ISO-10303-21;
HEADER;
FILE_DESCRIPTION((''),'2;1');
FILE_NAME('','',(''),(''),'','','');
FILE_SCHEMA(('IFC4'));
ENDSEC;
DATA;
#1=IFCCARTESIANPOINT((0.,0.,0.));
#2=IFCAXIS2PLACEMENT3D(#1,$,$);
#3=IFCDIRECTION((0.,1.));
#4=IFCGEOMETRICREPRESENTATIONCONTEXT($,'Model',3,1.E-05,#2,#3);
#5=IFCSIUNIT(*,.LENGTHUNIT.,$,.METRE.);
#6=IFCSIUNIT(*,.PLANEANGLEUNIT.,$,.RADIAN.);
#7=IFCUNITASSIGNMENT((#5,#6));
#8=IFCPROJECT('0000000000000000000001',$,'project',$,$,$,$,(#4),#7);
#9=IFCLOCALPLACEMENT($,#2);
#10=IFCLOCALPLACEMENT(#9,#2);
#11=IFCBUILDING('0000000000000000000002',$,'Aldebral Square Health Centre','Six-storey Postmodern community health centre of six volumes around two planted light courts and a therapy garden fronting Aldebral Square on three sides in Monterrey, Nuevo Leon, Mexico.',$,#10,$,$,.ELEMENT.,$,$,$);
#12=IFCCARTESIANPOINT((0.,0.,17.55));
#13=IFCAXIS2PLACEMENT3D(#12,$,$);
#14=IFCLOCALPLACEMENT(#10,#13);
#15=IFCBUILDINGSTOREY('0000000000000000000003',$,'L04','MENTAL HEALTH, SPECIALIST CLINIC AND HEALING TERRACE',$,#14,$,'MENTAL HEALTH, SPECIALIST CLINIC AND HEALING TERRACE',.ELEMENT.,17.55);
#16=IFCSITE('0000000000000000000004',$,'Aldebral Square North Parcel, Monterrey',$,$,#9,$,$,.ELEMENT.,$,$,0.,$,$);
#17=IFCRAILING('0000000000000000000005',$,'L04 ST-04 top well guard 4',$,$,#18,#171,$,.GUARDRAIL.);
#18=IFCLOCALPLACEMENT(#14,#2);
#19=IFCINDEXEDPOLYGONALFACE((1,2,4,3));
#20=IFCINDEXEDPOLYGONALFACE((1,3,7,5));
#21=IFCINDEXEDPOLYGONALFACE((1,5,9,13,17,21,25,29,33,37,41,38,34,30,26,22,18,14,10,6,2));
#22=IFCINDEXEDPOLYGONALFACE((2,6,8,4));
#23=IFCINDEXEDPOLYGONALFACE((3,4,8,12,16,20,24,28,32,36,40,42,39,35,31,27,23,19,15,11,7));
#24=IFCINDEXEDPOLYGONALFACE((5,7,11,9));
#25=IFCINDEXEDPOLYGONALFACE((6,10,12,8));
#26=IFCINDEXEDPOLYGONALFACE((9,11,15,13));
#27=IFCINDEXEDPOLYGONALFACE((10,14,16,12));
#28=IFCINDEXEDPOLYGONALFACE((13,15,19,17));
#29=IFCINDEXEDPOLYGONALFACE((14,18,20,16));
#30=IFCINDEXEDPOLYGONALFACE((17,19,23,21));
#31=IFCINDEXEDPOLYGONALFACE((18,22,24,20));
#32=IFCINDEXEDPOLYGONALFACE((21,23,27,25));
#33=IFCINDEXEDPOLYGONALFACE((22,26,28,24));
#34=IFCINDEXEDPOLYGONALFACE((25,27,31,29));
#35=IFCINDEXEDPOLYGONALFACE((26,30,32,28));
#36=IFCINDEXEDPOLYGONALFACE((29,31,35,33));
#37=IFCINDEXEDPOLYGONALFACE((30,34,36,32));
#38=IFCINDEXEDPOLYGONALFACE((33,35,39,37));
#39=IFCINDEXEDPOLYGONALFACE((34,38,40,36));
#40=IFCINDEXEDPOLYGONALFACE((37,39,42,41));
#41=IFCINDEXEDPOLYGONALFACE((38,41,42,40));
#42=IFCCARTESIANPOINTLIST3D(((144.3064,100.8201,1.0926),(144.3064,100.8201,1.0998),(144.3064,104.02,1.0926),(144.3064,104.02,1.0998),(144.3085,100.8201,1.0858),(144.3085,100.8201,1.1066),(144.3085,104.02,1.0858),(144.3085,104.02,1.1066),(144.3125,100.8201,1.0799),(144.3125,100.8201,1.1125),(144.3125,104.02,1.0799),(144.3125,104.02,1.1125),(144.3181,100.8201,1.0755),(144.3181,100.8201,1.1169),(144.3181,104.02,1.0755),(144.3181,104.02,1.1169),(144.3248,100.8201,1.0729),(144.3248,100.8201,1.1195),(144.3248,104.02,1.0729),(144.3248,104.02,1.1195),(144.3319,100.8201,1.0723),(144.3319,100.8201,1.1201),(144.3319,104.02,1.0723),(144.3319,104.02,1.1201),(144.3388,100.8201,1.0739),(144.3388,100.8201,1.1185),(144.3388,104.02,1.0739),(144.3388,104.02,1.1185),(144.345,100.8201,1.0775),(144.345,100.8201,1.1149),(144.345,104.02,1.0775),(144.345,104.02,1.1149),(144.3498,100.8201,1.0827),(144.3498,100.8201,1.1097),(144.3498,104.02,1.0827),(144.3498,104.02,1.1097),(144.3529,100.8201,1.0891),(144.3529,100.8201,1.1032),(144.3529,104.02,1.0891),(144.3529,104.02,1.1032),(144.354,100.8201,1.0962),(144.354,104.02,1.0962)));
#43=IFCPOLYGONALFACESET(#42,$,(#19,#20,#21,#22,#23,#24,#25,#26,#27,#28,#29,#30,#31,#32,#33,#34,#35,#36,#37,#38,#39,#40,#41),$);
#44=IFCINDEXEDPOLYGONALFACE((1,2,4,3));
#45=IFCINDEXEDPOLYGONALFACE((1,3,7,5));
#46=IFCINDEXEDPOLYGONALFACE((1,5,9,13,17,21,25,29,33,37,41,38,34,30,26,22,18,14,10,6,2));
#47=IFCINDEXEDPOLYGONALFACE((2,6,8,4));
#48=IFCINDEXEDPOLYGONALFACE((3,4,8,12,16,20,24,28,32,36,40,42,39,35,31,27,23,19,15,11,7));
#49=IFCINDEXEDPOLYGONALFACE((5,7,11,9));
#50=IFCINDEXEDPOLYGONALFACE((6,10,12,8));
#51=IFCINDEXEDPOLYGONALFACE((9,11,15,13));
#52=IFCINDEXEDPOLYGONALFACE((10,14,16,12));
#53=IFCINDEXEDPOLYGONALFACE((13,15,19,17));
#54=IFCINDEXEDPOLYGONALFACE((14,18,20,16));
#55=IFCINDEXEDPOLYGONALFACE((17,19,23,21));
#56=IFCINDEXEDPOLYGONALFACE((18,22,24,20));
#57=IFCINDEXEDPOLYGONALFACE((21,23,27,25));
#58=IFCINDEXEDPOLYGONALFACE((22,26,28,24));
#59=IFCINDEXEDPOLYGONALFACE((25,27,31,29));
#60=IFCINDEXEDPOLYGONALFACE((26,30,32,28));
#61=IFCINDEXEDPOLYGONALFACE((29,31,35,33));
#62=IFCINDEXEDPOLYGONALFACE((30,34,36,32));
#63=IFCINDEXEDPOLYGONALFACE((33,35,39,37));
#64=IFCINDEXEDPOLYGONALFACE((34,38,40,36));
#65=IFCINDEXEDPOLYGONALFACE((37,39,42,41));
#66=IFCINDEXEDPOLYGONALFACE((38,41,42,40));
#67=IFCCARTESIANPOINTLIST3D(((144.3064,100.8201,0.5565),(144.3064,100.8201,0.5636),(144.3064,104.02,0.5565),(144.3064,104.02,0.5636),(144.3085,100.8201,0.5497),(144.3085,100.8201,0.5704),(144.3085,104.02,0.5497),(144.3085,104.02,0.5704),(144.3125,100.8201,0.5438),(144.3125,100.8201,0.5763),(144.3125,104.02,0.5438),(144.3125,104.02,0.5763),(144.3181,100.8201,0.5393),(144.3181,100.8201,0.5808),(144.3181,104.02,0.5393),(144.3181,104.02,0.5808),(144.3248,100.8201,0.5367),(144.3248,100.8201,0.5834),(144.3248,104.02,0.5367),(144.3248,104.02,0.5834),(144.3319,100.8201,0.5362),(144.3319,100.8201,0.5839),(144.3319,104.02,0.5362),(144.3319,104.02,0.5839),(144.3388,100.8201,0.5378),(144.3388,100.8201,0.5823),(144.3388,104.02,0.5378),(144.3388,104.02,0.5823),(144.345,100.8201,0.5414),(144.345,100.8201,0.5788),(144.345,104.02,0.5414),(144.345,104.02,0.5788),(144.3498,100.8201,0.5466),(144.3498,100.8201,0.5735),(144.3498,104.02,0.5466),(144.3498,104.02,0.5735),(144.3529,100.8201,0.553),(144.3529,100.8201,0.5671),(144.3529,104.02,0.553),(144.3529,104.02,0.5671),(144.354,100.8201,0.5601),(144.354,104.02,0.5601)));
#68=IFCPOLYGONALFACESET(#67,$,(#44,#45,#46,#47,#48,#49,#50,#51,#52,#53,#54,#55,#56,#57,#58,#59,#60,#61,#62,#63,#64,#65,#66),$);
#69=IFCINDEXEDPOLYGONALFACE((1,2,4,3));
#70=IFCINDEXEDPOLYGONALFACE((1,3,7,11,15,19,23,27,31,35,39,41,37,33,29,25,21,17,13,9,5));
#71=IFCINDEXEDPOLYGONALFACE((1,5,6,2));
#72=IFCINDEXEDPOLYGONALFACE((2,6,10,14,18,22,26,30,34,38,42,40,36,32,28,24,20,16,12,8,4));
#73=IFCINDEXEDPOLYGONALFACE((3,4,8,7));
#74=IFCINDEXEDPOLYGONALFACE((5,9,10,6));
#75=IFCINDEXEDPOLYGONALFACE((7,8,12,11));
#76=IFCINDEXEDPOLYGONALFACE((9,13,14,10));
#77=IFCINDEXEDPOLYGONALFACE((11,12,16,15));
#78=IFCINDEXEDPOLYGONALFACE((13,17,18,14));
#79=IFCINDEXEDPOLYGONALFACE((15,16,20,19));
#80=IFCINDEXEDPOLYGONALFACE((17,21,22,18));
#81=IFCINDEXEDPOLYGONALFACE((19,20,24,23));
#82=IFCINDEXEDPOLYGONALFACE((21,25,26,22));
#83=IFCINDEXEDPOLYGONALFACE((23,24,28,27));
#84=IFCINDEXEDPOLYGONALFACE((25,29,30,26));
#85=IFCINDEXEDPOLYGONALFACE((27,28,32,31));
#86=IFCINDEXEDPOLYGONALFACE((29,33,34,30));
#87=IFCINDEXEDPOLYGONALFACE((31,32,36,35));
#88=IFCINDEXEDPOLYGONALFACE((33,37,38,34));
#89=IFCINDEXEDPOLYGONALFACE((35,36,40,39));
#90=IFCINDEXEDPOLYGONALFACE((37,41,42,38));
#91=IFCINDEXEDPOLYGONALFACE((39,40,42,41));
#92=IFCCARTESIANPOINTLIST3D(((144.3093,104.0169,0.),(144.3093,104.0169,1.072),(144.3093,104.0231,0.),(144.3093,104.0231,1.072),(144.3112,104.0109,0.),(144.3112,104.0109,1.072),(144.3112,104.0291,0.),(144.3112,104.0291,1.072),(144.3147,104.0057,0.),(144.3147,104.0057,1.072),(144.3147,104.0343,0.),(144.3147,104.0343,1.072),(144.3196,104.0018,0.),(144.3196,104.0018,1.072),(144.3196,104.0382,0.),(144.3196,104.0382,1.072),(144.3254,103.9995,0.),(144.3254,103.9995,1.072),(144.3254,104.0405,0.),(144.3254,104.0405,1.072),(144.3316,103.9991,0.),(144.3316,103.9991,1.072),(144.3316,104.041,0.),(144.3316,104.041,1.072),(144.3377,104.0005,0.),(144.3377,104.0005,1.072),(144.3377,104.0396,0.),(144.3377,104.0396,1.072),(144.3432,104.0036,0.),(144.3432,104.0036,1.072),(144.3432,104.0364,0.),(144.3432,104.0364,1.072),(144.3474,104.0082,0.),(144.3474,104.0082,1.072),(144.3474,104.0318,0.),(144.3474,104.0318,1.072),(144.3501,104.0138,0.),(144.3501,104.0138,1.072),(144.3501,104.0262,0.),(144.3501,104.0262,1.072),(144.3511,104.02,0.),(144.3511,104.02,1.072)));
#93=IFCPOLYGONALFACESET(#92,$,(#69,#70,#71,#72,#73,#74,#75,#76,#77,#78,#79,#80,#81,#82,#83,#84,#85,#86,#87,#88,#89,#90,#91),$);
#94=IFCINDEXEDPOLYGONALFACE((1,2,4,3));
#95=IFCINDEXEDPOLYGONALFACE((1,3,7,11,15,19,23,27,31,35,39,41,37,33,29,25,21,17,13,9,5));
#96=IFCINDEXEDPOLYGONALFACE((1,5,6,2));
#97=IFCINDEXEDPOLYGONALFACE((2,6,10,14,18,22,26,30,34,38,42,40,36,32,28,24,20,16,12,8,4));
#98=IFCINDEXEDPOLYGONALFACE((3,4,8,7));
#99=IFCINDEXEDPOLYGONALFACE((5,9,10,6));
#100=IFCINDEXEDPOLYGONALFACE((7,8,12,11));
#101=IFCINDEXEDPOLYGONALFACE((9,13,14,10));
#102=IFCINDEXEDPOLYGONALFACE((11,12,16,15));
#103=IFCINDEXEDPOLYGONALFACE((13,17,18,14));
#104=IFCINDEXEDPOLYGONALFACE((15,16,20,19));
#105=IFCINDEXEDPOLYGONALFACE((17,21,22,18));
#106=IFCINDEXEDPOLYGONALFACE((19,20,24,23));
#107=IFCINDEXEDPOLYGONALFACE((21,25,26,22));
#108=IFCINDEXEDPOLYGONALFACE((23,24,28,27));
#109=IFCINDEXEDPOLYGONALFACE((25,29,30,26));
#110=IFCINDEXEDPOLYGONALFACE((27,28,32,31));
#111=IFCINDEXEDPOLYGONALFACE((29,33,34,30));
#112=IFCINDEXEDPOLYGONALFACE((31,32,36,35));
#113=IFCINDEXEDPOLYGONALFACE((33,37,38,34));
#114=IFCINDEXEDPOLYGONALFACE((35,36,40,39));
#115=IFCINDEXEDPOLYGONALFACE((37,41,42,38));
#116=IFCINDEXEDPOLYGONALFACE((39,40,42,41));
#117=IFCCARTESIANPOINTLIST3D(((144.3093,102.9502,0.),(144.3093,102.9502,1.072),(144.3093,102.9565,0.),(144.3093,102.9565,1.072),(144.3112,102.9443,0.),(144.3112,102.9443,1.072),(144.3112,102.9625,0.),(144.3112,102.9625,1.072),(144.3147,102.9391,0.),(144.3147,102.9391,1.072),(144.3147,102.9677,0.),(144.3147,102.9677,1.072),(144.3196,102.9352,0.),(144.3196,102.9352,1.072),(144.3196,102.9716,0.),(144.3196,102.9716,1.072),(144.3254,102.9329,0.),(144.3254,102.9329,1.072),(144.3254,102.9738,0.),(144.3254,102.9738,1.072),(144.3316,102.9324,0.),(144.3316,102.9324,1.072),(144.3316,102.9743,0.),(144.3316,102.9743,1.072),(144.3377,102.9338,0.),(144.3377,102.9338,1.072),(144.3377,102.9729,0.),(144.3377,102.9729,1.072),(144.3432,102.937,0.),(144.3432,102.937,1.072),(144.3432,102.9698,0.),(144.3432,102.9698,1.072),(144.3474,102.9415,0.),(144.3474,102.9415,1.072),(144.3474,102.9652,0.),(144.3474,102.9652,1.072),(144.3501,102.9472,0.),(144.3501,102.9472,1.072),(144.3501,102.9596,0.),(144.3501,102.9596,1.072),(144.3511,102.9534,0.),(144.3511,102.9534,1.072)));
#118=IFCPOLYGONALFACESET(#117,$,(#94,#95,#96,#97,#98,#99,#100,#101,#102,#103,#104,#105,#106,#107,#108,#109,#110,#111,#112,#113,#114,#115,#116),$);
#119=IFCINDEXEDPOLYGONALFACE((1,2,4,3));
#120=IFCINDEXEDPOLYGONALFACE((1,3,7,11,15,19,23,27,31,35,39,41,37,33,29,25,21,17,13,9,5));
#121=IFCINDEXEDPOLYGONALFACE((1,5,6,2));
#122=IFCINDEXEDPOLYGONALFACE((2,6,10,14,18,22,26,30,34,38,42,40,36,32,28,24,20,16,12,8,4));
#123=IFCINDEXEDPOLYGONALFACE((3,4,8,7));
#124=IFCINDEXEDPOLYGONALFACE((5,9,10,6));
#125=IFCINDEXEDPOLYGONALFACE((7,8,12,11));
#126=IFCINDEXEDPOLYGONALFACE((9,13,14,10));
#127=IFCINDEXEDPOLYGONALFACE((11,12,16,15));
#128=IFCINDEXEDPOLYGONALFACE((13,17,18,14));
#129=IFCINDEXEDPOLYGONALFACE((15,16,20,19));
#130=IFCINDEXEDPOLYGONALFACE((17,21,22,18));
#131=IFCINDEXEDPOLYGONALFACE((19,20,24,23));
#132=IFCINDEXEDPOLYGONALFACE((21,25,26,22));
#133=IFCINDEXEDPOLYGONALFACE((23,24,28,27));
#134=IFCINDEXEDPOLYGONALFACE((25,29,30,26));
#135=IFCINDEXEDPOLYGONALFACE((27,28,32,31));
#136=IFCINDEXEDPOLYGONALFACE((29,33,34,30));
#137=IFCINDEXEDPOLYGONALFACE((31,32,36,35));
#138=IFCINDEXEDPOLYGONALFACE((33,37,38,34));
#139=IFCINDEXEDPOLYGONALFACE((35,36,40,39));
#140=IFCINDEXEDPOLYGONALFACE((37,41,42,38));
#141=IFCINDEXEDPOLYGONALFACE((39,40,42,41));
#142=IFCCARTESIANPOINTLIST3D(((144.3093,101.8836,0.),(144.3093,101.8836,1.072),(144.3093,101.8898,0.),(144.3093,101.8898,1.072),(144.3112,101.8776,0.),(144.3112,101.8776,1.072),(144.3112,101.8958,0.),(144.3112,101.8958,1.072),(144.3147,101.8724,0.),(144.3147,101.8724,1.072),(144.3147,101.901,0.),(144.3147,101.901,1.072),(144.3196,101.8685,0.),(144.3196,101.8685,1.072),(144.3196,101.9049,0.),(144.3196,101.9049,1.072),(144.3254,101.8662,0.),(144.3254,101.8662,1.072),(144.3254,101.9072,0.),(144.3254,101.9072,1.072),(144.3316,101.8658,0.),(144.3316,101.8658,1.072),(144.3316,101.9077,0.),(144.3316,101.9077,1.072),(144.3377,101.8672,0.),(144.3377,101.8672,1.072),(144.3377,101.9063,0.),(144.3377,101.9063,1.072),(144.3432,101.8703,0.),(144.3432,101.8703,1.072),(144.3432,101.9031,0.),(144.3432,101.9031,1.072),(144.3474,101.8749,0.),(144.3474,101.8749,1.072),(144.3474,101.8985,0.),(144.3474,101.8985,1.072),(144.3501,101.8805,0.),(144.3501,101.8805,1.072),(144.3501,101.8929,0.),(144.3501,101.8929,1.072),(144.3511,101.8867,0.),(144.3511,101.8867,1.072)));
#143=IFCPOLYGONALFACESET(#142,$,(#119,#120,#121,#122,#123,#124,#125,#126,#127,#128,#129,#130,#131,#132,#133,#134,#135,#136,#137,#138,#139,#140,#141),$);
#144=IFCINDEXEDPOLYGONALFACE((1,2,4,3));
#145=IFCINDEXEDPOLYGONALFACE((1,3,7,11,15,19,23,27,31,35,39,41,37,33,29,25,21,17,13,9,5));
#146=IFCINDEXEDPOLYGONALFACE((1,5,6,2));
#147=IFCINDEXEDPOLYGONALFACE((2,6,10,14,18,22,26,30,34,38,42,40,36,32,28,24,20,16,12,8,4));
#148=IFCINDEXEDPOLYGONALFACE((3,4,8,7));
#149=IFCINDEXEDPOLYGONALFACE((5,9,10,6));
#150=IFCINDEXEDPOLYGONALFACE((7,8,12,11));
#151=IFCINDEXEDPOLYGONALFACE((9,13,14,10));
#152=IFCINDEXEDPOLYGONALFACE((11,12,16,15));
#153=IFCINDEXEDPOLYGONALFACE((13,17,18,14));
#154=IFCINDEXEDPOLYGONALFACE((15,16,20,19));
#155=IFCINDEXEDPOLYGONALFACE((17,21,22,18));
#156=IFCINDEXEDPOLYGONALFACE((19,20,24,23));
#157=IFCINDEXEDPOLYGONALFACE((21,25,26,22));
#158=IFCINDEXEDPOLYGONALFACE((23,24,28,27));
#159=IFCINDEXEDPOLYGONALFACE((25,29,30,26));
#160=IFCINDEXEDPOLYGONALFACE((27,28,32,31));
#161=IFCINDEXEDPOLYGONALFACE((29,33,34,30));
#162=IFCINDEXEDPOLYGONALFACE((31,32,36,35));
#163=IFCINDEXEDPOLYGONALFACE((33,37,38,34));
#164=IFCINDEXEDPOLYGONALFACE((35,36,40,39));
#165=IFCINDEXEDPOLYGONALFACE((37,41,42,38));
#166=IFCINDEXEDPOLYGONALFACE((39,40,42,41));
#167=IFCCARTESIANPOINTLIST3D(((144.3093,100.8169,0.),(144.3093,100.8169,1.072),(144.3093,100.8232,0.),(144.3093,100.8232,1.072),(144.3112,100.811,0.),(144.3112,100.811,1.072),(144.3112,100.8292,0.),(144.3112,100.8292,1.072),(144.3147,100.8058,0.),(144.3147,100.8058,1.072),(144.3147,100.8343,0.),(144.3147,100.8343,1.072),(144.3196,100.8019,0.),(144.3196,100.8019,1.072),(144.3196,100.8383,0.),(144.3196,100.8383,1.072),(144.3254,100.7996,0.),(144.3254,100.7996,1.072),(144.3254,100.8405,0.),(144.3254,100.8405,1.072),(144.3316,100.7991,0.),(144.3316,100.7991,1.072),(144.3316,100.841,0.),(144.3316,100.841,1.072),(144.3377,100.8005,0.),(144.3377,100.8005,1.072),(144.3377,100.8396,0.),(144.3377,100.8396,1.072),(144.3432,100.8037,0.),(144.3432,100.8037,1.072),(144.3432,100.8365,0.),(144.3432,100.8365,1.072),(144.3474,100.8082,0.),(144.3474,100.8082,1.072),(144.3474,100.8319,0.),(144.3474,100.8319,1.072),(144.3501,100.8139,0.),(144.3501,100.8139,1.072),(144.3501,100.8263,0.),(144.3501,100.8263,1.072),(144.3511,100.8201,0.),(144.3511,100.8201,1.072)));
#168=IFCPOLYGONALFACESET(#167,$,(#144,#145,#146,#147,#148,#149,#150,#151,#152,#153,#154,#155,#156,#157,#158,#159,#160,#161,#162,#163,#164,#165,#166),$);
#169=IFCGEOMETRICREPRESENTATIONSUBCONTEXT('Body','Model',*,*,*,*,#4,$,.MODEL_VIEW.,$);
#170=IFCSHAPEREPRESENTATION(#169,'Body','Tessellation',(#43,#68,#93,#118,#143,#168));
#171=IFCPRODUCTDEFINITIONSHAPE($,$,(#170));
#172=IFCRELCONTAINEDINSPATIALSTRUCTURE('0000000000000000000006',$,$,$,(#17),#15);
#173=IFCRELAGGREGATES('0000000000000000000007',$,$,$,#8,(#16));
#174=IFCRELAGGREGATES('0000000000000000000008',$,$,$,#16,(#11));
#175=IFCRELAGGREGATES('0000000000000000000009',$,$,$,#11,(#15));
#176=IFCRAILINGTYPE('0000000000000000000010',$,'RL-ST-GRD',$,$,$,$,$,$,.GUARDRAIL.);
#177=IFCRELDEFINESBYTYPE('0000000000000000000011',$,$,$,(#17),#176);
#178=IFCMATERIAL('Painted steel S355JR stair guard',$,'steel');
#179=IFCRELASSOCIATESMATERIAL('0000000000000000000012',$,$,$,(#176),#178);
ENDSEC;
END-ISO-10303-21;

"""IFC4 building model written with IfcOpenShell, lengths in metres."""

from ifc_helpers import new_model, si_unit, direction, frame, origin, origin_2d, place, context, subcontext, project, spatial, circle, extrude, material, type_object, element, save


model = new_model("IFC4")

# Units and contexts
model_context = context("Model", 3, precision=1e-05, world=origin(), true_north=direction((0.0, 1.0)))
body_context = subcontext(model_context, "Body", "Model", "MODEL_VIEW")
ifc_project = project(units=[si_unit("LENGTHUNIT", "METRE"), si_unit("PLANEANGLEUNIT", "RADIAN")], contexts=[model_context])

# Site, building, storey
site_placement = place(None, origin())
site = spatial("IfcSite", under=ifc_project, at=site_placement, Name="Aldebral Square North Parcel, Monterrey", CompositionType="ELEMENT", RefElevation=0.0)
building_placement = place(site_placement, origin())
building = spatial("IfcBuilding", under=site, at=building_placement, Name="Aldebral Square Health Centre", Description="Six-storey Postmodern community health centre of six volumes around two planted light courts and a therapy garden fronting Aldebral Square on three sides in Monterrey, Nuevo Leon, Mexico.", CompositionType="ELEMENT")
storey_placement = place(building_placement, frame((0.0, 0.0, 17.55)))
storey = spatial("IfcBuildingStorey", under=building, at=storey_placement, Name="L04", Description="MENTAL HEALTH, SPECIALIST CLINIC AND HEALING TERRACE", LongName="MENTAL HEALTH, SPECIALIST CLINIC AND HEALING TERRACE", CompositionType="ELEMENT", Elevation=17.55)

# Railing
ifc_material_1 = material(Name="Painted steel S355JR stair guard", Category="steel")
railing_type = type_object("IfcRailingType", Name="RL-ST-GRD", PredefinedType="GUARDRAIL", material=ifc_material_1)
railing_1_placement = place(storey_placement, frame((144.3301, 104.02, 0.0)))
element("IfcRailing", 1, at=railing_1_placement, inside=storey, type_object=railing_type, Name="L04 ST-04 top well guard 4", PredefinedType="GUARDRAIL", context=body_context, shape_type="SweptSolid", body=[
    extrude(circle(Radius=0.0239, at=origin_2d()), frame((0.0, 0.0, 1.0962), z_axis=(0.0, -1.0, 0.0), x_axis=(1.0, 0.0, 0.0)), (0.0, 0.0, 1.0), 3.2),
    extrude(circle(Radius=0.0239, at=origin_2d()), frame((0.0, 0.0, 0.5601), z_axis=(0.0, -1.0, 0.0), x_axis=(1.0, 0.0, 0.0)), (0.0, 0.0, 1.0), 3.2),
    extrude(circle(Radius=0.021, at=origin_2d()), origin(), (0.0, 0.0, 1.0), 1.072),
    extrude(circle(Radius=0.021, at=origin_2d()), frame((0.0, -1.0667, 0.0)), (0.0, 0.0, 1.0), 1.072),
    extrude(circle(Radius=0.021, at=origin_2d()), frame((0.0, -2.1333, 0.0)), (0.0, 0.0, 1.0), 1.072),
    extrude(circle(Radius=0.021, at=origin_2d()), frame((0.0, -3.2, 0.0)), (0.0, 0.0, 1.0), 1.072),
])

save(model, "model.ifc")
